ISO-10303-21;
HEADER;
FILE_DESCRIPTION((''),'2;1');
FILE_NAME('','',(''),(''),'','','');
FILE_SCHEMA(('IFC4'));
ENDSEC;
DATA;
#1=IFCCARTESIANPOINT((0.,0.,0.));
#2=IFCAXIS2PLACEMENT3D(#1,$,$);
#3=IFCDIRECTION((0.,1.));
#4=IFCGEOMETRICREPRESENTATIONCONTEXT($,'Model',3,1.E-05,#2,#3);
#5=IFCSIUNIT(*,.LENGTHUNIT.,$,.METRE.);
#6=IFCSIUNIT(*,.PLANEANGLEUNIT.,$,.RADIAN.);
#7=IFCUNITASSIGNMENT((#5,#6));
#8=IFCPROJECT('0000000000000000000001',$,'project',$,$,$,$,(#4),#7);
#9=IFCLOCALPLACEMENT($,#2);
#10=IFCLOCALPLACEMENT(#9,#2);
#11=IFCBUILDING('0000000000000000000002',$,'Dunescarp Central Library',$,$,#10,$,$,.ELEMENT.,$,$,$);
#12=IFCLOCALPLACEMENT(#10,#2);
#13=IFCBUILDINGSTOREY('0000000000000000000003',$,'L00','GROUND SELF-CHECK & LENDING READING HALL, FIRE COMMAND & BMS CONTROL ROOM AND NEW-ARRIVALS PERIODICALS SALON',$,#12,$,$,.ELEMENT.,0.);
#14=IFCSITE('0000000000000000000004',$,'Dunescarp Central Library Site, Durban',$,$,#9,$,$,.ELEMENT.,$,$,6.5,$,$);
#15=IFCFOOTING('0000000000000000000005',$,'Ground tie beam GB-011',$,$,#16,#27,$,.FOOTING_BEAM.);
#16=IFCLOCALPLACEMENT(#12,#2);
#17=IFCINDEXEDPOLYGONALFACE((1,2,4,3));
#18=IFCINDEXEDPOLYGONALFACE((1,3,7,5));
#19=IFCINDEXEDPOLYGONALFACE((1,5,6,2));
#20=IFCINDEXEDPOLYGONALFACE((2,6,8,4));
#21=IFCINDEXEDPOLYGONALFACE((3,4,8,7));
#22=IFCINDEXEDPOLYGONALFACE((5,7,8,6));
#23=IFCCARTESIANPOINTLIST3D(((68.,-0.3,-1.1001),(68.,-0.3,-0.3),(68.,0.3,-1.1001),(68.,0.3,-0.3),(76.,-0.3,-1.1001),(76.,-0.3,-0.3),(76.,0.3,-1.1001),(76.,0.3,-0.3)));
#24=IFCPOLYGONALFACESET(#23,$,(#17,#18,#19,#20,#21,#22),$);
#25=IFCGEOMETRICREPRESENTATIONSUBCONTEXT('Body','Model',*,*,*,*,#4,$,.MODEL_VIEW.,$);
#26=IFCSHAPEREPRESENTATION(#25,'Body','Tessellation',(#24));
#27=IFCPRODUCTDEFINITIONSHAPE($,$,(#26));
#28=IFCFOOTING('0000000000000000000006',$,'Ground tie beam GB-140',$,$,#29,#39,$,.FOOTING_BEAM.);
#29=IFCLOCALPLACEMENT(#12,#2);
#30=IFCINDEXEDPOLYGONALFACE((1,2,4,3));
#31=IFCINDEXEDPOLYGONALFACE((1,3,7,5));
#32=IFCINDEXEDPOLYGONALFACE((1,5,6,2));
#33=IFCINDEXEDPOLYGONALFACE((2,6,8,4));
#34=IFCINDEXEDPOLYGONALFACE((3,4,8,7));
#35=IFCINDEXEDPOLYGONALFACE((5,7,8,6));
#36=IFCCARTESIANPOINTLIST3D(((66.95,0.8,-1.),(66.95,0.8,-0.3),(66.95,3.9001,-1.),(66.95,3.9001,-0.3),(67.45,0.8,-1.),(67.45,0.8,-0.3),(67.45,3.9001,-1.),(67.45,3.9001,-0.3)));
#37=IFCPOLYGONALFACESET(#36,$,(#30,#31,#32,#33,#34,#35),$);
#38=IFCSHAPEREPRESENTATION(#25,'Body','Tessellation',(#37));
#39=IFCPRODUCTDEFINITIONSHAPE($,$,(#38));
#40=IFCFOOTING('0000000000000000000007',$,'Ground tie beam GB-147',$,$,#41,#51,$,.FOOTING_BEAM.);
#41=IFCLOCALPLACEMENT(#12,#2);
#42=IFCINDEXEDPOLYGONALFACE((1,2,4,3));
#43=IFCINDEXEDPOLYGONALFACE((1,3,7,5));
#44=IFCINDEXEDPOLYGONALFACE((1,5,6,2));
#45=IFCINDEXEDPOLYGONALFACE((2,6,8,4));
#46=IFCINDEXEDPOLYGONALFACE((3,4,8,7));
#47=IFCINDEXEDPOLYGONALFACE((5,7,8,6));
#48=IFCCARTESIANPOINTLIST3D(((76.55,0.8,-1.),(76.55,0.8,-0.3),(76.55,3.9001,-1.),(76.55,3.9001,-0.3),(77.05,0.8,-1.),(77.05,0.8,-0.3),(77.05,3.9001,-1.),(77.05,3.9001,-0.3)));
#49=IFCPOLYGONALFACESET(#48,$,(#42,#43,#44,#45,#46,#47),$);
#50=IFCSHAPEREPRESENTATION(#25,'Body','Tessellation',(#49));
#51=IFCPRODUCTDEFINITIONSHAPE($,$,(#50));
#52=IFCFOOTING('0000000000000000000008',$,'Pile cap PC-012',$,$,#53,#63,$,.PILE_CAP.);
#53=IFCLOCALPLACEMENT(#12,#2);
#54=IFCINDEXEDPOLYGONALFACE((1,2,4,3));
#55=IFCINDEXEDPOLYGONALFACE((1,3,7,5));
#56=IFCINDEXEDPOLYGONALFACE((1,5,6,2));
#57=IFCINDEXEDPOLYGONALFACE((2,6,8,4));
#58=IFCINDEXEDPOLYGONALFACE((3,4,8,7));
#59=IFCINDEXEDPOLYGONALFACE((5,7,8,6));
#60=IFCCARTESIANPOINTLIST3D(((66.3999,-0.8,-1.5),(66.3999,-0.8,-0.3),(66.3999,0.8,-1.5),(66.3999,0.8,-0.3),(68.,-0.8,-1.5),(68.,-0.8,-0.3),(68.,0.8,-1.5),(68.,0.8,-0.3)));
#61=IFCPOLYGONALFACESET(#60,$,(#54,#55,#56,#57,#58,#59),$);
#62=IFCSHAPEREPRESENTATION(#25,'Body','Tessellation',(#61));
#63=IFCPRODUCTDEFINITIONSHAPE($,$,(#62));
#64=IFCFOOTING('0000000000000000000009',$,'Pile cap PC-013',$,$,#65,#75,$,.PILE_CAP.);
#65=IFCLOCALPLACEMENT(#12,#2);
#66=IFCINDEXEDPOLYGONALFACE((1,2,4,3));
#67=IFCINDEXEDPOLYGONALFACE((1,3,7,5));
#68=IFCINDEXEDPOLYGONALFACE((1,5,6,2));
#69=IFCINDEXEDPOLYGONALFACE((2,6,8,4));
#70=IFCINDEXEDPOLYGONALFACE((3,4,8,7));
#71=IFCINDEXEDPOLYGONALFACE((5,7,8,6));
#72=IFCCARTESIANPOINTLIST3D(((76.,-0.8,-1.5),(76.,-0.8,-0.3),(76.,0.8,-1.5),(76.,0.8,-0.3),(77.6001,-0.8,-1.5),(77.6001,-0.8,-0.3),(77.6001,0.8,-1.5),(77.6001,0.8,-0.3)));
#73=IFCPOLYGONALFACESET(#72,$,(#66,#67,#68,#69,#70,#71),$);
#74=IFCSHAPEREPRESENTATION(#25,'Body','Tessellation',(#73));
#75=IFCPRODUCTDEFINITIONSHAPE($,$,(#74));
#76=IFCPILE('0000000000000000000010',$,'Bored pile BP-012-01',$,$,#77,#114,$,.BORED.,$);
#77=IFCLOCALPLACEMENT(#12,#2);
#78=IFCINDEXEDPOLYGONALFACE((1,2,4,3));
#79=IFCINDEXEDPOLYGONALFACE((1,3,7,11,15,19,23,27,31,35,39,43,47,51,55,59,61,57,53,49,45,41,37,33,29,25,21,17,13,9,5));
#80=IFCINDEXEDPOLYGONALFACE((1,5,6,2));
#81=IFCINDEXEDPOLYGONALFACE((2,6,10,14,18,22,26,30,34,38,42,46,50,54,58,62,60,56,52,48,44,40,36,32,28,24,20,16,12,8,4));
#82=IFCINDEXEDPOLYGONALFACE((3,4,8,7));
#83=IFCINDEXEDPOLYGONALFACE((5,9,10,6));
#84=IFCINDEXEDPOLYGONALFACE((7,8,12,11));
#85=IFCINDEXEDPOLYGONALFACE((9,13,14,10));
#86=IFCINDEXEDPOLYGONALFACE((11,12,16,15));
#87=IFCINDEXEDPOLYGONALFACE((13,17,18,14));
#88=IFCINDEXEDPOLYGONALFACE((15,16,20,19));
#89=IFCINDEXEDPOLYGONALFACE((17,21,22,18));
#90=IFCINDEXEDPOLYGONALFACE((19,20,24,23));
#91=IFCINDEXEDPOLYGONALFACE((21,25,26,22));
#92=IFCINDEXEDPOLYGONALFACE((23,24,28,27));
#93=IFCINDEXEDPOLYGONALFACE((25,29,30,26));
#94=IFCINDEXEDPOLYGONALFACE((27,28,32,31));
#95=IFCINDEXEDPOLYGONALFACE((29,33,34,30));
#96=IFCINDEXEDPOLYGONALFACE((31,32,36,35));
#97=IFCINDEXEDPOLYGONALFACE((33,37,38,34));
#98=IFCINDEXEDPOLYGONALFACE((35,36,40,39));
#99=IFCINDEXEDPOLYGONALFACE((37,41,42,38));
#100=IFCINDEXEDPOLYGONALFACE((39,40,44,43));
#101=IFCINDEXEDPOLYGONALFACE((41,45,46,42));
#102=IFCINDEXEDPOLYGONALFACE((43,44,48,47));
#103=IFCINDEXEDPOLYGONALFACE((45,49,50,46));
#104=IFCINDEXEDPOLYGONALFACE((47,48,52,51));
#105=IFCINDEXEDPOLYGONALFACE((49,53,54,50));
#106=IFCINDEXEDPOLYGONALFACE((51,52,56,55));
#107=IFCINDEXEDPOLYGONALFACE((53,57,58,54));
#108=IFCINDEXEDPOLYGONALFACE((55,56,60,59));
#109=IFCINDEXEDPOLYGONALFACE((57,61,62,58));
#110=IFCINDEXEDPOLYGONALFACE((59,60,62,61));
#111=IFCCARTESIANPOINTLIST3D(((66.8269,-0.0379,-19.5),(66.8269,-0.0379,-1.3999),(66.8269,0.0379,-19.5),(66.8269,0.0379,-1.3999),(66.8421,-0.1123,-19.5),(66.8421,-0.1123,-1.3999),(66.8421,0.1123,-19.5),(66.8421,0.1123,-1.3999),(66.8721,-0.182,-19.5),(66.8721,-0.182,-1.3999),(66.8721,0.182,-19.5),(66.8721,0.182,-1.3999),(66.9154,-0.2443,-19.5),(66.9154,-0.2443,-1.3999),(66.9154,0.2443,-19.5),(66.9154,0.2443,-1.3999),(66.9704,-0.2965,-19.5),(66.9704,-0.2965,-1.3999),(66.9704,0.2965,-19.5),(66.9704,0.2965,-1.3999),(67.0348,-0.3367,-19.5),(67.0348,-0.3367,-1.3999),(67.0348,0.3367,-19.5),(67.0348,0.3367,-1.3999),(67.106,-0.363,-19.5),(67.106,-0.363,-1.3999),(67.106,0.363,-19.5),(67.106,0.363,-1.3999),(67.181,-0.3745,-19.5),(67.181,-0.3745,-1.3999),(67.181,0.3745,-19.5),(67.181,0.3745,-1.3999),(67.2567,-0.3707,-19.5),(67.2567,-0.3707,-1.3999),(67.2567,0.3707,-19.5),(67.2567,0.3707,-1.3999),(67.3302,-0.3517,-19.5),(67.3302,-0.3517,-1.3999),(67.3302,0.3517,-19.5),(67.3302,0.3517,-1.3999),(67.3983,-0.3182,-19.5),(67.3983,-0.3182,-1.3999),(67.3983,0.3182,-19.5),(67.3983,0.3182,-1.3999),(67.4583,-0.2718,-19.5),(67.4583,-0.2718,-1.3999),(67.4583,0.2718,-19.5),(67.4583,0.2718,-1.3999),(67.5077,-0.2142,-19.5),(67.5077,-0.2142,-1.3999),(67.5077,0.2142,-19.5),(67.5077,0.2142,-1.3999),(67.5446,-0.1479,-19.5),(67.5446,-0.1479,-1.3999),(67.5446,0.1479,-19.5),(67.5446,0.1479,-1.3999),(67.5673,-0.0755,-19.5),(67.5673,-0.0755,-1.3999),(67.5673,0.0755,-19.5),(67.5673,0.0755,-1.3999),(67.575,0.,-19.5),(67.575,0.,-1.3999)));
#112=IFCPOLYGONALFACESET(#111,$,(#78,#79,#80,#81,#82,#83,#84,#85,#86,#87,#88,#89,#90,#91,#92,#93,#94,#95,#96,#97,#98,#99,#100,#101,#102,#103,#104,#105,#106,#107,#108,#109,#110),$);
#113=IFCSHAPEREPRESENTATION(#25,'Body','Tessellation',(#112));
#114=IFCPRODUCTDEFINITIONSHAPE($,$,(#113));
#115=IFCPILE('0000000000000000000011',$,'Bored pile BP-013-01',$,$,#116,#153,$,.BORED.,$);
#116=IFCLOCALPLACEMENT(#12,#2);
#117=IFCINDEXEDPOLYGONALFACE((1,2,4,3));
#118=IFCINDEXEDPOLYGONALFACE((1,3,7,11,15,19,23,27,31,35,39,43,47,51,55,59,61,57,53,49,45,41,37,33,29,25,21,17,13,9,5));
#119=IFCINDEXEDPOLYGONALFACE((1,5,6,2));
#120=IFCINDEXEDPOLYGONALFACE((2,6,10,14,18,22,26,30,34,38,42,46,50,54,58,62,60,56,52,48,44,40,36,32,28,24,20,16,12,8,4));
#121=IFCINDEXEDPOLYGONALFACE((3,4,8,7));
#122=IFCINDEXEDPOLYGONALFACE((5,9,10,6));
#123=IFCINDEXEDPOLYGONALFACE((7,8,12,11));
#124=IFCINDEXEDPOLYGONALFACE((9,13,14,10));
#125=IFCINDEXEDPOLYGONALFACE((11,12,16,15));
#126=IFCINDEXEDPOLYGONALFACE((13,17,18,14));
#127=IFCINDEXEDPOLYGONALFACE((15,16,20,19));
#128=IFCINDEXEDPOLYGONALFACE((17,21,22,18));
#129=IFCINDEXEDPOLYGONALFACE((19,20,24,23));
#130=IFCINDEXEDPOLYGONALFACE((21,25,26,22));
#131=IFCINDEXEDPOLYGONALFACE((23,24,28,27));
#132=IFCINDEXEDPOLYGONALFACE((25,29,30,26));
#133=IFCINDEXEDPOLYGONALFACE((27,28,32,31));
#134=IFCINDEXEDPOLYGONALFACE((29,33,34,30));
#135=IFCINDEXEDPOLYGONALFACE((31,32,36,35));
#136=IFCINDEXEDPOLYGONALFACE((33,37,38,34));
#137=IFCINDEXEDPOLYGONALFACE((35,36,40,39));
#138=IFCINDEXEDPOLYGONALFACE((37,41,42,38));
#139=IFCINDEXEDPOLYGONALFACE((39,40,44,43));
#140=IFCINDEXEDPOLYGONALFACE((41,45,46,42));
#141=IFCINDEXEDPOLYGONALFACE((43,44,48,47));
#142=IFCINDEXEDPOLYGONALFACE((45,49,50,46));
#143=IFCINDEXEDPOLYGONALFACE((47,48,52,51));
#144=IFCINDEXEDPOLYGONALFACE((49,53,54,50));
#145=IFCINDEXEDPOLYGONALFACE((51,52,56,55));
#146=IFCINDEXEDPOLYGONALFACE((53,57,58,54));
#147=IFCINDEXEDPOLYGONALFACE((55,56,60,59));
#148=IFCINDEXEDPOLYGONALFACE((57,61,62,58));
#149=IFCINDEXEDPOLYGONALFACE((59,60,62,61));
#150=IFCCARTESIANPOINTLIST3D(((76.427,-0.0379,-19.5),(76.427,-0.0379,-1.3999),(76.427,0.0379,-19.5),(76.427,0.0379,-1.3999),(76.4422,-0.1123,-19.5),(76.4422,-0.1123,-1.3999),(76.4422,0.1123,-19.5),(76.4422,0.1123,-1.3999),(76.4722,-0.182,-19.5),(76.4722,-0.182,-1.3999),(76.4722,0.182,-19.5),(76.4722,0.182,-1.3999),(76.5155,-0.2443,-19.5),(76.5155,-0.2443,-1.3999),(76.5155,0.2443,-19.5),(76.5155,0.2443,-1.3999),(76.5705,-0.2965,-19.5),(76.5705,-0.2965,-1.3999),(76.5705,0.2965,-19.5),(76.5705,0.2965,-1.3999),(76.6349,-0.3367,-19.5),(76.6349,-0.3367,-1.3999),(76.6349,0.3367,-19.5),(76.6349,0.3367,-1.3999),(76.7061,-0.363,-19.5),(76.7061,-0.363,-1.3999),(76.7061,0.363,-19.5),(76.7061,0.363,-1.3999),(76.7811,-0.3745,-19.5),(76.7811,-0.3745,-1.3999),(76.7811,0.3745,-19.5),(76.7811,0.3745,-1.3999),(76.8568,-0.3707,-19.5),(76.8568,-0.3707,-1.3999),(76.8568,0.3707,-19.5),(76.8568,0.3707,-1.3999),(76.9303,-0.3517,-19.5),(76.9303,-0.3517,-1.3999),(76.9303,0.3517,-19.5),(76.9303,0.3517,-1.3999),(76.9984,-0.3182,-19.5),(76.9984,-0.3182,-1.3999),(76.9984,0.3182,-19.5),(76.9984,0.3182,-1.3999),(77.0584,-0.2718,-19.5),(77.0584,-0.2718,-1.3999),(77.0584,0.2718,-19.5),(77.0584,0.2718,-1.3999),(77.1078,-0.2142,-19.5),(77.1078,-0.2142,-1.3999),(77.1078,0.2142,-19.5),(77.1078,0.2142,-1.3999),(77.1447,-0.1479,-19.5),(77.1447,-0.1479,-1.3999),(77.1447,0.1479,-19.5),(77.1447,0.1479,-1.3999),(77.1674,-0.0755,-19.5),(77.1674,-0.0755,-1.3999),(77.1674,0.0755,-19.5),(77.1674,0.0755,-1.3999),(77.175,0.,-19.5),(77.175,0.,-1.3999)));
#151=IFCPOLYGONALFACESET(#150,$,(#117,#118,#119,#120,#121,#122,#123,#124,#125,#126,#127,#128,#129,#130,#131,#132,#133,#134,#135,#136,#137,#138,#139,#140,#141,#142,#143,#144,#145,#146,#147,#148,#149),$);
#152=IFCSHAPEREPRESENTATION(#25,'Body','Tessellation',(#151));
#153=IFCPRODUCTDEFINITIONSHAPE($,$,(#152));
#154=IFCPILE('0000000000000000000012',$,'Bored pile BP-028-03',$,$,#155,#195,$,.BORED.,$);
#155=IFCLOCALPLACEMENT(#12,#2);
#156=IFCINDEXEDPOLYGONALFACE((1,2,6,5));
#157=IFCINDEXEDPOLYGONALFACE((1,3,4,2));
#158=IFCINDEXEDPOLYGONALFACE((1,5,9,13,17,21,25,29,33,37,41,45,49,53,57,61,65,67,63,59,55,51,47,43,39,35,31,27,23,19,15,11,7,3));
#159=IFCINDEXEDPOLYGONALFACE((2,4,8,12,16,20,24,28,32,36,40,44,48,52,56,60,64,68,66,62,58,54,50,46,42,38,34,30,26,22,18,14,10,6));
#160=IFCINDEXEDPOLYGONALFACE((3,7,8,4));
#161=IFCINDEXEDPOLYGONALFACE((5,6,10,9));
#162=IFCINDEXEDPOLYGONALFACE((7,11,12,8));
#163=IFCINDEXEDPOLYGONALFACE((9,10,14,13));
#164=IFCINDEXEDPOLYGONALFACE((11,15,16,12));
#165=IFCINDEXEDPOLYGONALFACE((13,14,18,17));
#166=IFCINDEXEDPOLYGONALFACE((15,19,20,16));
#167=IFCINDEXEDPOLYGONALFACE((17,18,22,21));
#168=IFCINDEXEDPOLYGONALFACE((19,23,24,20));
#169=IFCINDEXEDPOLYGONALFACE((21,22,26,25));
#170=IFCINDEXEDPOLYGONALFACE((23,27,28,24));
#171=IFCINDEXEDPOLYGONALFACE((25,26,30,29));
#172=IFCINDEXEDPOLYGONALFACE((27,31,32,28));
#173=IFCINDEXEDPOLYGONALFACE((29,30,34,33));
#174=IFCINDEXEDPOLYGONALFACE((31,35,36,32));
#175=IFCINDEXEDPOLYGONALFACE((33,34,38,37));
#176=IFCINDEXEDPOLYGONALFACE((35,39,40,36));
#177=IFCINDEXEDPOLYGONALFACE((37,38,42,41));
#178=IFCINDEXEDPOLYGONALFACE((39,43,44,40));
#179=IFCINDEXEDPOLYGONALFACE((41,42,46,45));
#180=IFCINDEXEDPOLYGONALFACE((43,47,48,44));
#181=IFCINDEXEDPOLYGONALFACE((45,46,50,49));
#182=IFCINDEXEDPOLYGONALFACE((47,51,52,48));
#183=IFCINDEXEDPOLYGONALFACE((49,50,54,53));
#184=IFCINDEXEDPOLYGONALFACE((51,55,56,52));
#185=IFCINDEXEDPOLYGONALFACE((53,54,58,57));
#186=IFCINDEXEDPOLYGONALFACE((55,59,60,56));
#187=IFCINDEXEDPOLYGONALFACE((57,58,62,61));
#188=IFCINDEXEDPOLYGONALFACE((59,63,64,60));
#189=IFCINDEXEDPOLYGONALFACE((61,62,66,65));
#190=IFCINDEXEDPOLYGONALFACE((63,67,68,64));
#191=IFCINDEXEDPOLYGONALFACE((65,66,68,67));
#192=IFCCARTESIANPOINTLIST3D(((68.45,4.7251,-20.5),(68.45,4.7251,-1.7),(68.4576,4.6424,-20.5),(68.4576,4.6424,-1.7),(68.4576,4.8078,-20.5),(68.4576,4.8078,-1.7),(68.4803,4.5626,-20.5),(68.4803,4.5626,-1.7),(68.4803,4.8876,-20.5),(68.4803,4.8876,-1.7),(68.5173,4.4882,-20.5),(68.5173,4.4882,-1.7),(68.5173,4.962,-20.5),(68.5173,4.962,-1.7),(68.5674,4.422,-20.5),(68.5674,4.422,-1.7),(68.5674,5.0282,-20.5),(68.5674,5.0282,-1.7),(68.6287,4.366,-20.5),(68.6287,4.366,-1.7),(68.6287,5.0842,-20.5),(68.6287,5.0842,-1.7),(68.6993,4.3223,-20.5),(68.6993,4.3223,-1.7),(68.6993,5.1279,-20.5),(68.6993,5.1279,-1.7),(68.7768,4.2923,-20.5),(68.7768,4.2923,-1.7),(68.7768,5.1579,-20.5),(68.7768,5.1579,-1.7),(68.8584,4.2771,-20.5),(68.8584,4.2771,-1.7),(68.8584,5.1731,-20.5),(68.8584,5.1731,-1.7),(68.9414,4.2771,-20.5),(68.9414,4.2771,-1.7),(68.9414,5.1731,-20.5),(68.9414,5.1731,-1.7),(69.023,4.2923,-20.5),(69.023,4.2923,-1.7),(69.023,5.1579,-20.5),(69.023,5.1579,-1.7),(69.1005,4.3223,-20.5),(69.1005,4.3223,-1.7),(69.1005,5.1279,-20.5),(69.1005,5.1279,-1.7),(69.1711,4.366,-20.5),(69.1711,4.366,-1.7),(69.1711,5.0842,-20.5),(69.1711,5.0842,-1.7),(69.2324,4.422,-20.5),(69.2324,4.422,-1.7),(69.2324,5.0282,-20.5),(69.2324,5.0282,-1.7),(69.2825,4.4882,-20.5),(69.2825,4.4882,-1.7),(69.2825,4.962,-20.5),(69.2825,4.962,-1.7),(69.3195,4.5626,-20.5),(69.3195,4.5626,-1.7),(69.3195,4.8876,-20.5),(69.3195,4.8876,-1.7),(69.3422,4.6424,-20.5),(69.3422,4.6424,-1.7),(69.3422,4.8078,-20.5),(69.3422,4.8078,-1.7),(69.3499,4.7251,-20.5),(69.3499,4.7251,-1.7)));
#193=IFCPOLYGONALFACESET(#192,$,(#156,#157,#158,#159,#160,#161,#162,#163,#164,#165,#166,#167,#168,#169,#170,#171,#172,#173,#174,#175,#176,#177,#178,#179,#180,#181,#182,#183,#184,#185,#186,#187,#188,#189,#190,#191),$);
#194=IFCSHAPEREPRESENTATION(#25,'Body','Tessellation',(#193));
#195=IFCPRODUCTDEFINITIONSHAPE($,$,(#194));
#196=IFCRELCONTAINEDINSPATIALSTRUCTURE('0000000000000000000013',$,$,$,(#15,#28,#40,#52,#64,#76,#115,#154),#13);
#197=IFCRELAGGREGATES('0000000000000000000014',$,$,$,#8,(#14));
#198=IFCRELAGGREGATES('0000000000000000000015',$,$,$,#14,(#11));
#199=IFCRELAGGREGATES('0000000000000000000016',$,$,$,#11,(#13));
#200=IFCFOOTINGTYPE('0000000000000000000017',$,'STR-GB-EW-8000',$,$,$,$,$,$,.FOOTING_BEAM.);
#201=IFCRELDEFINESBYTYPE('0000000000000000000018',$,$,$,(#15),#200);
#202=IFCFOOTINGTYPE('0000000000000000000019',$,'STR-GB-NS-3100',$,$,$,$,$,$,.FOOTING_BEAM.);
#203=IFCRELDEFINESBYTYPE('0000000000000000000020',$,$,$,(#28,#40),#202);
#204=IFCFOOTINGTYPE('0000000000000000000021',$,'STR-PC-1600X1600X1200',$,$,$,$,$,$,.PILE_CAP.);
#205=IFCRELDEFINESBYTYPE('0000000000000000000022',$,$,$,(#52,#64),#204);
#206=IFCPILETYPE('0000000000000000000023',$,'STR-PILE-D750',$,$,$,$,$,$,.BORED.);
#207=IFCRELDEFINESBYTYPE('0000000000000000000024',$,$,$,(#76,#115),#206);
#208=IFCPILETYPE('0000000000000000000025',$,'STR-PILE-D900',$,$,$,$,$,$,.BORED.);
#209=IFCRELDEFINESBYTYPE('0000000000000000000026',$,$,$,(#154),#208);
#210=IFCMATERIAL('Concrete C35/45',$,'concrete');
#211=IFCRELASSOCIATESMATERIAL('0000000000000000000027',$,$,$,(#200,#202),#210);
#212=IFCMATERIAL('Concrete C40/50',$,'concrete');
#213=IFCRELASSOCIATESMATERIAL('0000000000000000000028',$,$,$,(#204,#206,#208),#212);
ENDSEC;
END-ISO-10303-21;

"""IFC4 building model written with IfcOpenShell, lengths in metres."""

from ifc_helpers import new_model, si_unit, direction, frame, origin, origin_2d, place, context, subcontext, project, spatial, rectangle, circle, extrude, material, material_profile, profile_set, type_object, element, save


model = new_model("IFC4")

# Units and contexts
model_context = context("Model", 3, precision=1e-05, world=origin(), true_north=direction((0.0, 1.0)))
body_context = subcontext(model_context, "Body", "Model", "MODEL_VIEW")
ifc_project = project(units=[si_unit("LENGTHUNIT", "METRE"), si_unit("PLANEANGLEUNIT", "RADIAN")], contexts=[model_context])

# Site, building, storey
site_placement = place(None, origin())
site = spatial("IfcSite", under=ifc_project, at=site_placement, Name="Dunescarp Central Library Site, Durban", CompositionType="ELEMENT", RefElevation=6.5)
building_placement = place(site_placement, origin())
building = spatial("IfcBuilding", under=site, at=building_placement, Name="Dunescarp Central Library", CompositionType="ELEMENT")
storey_placement = place(building_placement, origin())
storey = spatial("IfcBuildingStorey", under=building, at=storey_placement, Name="L00", Description="GROUND SELF-CHECK & LENDING READING HALL, FIRE COMMAND & BMS CONTROL ROOM AND NEW-ARRIVALS PERIODICALS SALON", CompositionType="ELEMENT", Elevation=0.0)

# Footings
ifc_material_1 = material(Name="Concrete C35/45", Category="concrete")
footing_type_1 = type_object("IfcFootingType", Name="STR-GB-EW-8000", PredefinedType="FOOTING_BEAM", material=ifc_material_1)
footing_placement = place(storey_placement, frame((72.0, 0.0, -1.1001), z_axis=(0.0, 0.0, 1.0), x_axis=(1.0, 0.0, 0.0)))
element("IfcFooting", 1, at=footing_placement, inside=storey, type_object=footing_type_1, Name="Ground tie beam GB-011", PredefinedType="FOOTING_BEAM", context=body_context, shape_type="SweptSolid", body=[
    extrude(rectangle(XDim=8.0, YDim=0.6001, at=origin_2d()), origin(), (0.0, 0.0, 1.0), 0.8),
])
footing_type_2 = type_object("IfcFootingType", Name="STR-GB-NS-3100", PredefinedType="FOOTING_BEAM", material=ifc_material_1)
for number, where, z_axis, x_axis, name in (
    (2, (67.2, 2.3501, -1.0), (0.0, 0.0, 1.0), (0.0, 1.0, 0.0), "Ground tie beam GB-140"),
    (3, (76.8, 2.3501, -1.0), (0.0, 0.0, 1.0), (0.0, 1.0, 0.0), "Ground tie beam GB-147"),
):
    element("IfcFooting", number, at=place(storey_placement, frame(where, z_axis=z_axis, x_axis=x_axis)), inside=storey, type_object=footing_type_2, Name=name, PredefinedType="FOOTING_BEAM", context=body_context, shape_type="SweptSolid", body=[
        extrude(rectangle(XDim=3.1001, YDim=0.5, at=origin_2d()), origin(), (0.0, 0.0, 1.0), 0.7),
    ])
ifc_material_2 = material(Name="Concrete C40/50", Category="concrete")
footing_type_3 = type_object("IfcFootingType", Name="STR-PC-1600X1600X1200", PredefinedType="PILE_CAP", material=ifc_material_2)
for number, where, z_axis, x_axis, name in (
    (4, (67.2, 0.0, -1.5), (0.0, 0.0, 1.0), (1.0, 0.0, 0.0), "Pile cap PC-012"),
    (5, (76.8, 0.0, -1.5), (0.0, 0.0, 1.0), (1.0, 0.0, 0.0), "Pile cap PC-013"),
):
    element("IfcFooting", number, at=place(storey_placement, frame(where, z_axis=z_axis, x_axis=x_axis)), inside=storey, type_object=footing_type_3, Name=name, PredefinedType="PILE_CAP", context=body_context, shape_type="SweptSolid", body=[
        extrude(rectangle(XDim=1.6001, YDim=1.6001, at=origin_2d()), origin(), (0.0, 0.0, 1.0), 1.2),
    ])

# Piles
ifc_material_profile_1 = material_profile(ifc_material_2, circle(Radius=0.375, at=origin_2d()), Name="PILE D750")
ifc_profile_set_1 = profile_set([ifc_material_profile_1], Name="Concrete C40/50")
pile_type_1 = type_object("IfcPileType", Name="STR-PILE-D750", PredefinedType="BORED", material=ifc_profile_set_1)
for number, where, z_axis, x_axis, name in (
    (6, (67.2, 0.0, -1.3999), (0.0, 0.0, -1.0), (1.0, 0.0, 0.0), "Bored pile BP-012-01"),
    (7, (76.8, 0.0, -1.3999), (0.0, 0.0, -1.0), (1.0, 0.0, 0.0), "Bored pile BP-013-01"),
):
    element("IfcPile", number, at=place(storey_placement, frame(where, z_axis=z_axis, x_axis=x_axis)), inside=storey, type_object=pile_type_1, Name=name, PredefinedType="BORED", context=body_context, shape_type="SweptSolid", body=[
        extrude(circle(Radius=0.375, at=origin_2d()), origin(), (0.0, 0.0, 1.0), 18.1001),
    ])
ifc_material_profile_2 = material_profile(ifc_material_2, circle(Radius=0.45, at=origin_2d()), Name="PILE D900")
ifc_profile_set_2 = profile_set([ifc_material_profile_2], Name="Concrete C40/50")
pile_type_2 = type_object("IfcPileType", Name="STR-PILE-D900", PredefinedType="BORED", material=ifc_profile_set_2)
for number, where, z_axis, x_axis, name in (
    (8, (68.8999, 4.7251, -1.7), (0.0, 0.0, -1.0), (1.0, 0.0, 0.0), "Bored pile BP-028-03"),
):
    element("IfcPile", number, at=place(storey_placement, frame(where, z_axis=z_axis, x_axis=x_axis)), inside=storey, type_object=pile_type_2, Name=name, PredefinedType="BORED", context=body_context, shape_type="SweptSolid", body=[
        extrude(circle(Radius=0.45, at=origin_2d()), origin(), (0.0, 0.0, 1.0), 18.8),
    ])

save(model, "model.ifc")
